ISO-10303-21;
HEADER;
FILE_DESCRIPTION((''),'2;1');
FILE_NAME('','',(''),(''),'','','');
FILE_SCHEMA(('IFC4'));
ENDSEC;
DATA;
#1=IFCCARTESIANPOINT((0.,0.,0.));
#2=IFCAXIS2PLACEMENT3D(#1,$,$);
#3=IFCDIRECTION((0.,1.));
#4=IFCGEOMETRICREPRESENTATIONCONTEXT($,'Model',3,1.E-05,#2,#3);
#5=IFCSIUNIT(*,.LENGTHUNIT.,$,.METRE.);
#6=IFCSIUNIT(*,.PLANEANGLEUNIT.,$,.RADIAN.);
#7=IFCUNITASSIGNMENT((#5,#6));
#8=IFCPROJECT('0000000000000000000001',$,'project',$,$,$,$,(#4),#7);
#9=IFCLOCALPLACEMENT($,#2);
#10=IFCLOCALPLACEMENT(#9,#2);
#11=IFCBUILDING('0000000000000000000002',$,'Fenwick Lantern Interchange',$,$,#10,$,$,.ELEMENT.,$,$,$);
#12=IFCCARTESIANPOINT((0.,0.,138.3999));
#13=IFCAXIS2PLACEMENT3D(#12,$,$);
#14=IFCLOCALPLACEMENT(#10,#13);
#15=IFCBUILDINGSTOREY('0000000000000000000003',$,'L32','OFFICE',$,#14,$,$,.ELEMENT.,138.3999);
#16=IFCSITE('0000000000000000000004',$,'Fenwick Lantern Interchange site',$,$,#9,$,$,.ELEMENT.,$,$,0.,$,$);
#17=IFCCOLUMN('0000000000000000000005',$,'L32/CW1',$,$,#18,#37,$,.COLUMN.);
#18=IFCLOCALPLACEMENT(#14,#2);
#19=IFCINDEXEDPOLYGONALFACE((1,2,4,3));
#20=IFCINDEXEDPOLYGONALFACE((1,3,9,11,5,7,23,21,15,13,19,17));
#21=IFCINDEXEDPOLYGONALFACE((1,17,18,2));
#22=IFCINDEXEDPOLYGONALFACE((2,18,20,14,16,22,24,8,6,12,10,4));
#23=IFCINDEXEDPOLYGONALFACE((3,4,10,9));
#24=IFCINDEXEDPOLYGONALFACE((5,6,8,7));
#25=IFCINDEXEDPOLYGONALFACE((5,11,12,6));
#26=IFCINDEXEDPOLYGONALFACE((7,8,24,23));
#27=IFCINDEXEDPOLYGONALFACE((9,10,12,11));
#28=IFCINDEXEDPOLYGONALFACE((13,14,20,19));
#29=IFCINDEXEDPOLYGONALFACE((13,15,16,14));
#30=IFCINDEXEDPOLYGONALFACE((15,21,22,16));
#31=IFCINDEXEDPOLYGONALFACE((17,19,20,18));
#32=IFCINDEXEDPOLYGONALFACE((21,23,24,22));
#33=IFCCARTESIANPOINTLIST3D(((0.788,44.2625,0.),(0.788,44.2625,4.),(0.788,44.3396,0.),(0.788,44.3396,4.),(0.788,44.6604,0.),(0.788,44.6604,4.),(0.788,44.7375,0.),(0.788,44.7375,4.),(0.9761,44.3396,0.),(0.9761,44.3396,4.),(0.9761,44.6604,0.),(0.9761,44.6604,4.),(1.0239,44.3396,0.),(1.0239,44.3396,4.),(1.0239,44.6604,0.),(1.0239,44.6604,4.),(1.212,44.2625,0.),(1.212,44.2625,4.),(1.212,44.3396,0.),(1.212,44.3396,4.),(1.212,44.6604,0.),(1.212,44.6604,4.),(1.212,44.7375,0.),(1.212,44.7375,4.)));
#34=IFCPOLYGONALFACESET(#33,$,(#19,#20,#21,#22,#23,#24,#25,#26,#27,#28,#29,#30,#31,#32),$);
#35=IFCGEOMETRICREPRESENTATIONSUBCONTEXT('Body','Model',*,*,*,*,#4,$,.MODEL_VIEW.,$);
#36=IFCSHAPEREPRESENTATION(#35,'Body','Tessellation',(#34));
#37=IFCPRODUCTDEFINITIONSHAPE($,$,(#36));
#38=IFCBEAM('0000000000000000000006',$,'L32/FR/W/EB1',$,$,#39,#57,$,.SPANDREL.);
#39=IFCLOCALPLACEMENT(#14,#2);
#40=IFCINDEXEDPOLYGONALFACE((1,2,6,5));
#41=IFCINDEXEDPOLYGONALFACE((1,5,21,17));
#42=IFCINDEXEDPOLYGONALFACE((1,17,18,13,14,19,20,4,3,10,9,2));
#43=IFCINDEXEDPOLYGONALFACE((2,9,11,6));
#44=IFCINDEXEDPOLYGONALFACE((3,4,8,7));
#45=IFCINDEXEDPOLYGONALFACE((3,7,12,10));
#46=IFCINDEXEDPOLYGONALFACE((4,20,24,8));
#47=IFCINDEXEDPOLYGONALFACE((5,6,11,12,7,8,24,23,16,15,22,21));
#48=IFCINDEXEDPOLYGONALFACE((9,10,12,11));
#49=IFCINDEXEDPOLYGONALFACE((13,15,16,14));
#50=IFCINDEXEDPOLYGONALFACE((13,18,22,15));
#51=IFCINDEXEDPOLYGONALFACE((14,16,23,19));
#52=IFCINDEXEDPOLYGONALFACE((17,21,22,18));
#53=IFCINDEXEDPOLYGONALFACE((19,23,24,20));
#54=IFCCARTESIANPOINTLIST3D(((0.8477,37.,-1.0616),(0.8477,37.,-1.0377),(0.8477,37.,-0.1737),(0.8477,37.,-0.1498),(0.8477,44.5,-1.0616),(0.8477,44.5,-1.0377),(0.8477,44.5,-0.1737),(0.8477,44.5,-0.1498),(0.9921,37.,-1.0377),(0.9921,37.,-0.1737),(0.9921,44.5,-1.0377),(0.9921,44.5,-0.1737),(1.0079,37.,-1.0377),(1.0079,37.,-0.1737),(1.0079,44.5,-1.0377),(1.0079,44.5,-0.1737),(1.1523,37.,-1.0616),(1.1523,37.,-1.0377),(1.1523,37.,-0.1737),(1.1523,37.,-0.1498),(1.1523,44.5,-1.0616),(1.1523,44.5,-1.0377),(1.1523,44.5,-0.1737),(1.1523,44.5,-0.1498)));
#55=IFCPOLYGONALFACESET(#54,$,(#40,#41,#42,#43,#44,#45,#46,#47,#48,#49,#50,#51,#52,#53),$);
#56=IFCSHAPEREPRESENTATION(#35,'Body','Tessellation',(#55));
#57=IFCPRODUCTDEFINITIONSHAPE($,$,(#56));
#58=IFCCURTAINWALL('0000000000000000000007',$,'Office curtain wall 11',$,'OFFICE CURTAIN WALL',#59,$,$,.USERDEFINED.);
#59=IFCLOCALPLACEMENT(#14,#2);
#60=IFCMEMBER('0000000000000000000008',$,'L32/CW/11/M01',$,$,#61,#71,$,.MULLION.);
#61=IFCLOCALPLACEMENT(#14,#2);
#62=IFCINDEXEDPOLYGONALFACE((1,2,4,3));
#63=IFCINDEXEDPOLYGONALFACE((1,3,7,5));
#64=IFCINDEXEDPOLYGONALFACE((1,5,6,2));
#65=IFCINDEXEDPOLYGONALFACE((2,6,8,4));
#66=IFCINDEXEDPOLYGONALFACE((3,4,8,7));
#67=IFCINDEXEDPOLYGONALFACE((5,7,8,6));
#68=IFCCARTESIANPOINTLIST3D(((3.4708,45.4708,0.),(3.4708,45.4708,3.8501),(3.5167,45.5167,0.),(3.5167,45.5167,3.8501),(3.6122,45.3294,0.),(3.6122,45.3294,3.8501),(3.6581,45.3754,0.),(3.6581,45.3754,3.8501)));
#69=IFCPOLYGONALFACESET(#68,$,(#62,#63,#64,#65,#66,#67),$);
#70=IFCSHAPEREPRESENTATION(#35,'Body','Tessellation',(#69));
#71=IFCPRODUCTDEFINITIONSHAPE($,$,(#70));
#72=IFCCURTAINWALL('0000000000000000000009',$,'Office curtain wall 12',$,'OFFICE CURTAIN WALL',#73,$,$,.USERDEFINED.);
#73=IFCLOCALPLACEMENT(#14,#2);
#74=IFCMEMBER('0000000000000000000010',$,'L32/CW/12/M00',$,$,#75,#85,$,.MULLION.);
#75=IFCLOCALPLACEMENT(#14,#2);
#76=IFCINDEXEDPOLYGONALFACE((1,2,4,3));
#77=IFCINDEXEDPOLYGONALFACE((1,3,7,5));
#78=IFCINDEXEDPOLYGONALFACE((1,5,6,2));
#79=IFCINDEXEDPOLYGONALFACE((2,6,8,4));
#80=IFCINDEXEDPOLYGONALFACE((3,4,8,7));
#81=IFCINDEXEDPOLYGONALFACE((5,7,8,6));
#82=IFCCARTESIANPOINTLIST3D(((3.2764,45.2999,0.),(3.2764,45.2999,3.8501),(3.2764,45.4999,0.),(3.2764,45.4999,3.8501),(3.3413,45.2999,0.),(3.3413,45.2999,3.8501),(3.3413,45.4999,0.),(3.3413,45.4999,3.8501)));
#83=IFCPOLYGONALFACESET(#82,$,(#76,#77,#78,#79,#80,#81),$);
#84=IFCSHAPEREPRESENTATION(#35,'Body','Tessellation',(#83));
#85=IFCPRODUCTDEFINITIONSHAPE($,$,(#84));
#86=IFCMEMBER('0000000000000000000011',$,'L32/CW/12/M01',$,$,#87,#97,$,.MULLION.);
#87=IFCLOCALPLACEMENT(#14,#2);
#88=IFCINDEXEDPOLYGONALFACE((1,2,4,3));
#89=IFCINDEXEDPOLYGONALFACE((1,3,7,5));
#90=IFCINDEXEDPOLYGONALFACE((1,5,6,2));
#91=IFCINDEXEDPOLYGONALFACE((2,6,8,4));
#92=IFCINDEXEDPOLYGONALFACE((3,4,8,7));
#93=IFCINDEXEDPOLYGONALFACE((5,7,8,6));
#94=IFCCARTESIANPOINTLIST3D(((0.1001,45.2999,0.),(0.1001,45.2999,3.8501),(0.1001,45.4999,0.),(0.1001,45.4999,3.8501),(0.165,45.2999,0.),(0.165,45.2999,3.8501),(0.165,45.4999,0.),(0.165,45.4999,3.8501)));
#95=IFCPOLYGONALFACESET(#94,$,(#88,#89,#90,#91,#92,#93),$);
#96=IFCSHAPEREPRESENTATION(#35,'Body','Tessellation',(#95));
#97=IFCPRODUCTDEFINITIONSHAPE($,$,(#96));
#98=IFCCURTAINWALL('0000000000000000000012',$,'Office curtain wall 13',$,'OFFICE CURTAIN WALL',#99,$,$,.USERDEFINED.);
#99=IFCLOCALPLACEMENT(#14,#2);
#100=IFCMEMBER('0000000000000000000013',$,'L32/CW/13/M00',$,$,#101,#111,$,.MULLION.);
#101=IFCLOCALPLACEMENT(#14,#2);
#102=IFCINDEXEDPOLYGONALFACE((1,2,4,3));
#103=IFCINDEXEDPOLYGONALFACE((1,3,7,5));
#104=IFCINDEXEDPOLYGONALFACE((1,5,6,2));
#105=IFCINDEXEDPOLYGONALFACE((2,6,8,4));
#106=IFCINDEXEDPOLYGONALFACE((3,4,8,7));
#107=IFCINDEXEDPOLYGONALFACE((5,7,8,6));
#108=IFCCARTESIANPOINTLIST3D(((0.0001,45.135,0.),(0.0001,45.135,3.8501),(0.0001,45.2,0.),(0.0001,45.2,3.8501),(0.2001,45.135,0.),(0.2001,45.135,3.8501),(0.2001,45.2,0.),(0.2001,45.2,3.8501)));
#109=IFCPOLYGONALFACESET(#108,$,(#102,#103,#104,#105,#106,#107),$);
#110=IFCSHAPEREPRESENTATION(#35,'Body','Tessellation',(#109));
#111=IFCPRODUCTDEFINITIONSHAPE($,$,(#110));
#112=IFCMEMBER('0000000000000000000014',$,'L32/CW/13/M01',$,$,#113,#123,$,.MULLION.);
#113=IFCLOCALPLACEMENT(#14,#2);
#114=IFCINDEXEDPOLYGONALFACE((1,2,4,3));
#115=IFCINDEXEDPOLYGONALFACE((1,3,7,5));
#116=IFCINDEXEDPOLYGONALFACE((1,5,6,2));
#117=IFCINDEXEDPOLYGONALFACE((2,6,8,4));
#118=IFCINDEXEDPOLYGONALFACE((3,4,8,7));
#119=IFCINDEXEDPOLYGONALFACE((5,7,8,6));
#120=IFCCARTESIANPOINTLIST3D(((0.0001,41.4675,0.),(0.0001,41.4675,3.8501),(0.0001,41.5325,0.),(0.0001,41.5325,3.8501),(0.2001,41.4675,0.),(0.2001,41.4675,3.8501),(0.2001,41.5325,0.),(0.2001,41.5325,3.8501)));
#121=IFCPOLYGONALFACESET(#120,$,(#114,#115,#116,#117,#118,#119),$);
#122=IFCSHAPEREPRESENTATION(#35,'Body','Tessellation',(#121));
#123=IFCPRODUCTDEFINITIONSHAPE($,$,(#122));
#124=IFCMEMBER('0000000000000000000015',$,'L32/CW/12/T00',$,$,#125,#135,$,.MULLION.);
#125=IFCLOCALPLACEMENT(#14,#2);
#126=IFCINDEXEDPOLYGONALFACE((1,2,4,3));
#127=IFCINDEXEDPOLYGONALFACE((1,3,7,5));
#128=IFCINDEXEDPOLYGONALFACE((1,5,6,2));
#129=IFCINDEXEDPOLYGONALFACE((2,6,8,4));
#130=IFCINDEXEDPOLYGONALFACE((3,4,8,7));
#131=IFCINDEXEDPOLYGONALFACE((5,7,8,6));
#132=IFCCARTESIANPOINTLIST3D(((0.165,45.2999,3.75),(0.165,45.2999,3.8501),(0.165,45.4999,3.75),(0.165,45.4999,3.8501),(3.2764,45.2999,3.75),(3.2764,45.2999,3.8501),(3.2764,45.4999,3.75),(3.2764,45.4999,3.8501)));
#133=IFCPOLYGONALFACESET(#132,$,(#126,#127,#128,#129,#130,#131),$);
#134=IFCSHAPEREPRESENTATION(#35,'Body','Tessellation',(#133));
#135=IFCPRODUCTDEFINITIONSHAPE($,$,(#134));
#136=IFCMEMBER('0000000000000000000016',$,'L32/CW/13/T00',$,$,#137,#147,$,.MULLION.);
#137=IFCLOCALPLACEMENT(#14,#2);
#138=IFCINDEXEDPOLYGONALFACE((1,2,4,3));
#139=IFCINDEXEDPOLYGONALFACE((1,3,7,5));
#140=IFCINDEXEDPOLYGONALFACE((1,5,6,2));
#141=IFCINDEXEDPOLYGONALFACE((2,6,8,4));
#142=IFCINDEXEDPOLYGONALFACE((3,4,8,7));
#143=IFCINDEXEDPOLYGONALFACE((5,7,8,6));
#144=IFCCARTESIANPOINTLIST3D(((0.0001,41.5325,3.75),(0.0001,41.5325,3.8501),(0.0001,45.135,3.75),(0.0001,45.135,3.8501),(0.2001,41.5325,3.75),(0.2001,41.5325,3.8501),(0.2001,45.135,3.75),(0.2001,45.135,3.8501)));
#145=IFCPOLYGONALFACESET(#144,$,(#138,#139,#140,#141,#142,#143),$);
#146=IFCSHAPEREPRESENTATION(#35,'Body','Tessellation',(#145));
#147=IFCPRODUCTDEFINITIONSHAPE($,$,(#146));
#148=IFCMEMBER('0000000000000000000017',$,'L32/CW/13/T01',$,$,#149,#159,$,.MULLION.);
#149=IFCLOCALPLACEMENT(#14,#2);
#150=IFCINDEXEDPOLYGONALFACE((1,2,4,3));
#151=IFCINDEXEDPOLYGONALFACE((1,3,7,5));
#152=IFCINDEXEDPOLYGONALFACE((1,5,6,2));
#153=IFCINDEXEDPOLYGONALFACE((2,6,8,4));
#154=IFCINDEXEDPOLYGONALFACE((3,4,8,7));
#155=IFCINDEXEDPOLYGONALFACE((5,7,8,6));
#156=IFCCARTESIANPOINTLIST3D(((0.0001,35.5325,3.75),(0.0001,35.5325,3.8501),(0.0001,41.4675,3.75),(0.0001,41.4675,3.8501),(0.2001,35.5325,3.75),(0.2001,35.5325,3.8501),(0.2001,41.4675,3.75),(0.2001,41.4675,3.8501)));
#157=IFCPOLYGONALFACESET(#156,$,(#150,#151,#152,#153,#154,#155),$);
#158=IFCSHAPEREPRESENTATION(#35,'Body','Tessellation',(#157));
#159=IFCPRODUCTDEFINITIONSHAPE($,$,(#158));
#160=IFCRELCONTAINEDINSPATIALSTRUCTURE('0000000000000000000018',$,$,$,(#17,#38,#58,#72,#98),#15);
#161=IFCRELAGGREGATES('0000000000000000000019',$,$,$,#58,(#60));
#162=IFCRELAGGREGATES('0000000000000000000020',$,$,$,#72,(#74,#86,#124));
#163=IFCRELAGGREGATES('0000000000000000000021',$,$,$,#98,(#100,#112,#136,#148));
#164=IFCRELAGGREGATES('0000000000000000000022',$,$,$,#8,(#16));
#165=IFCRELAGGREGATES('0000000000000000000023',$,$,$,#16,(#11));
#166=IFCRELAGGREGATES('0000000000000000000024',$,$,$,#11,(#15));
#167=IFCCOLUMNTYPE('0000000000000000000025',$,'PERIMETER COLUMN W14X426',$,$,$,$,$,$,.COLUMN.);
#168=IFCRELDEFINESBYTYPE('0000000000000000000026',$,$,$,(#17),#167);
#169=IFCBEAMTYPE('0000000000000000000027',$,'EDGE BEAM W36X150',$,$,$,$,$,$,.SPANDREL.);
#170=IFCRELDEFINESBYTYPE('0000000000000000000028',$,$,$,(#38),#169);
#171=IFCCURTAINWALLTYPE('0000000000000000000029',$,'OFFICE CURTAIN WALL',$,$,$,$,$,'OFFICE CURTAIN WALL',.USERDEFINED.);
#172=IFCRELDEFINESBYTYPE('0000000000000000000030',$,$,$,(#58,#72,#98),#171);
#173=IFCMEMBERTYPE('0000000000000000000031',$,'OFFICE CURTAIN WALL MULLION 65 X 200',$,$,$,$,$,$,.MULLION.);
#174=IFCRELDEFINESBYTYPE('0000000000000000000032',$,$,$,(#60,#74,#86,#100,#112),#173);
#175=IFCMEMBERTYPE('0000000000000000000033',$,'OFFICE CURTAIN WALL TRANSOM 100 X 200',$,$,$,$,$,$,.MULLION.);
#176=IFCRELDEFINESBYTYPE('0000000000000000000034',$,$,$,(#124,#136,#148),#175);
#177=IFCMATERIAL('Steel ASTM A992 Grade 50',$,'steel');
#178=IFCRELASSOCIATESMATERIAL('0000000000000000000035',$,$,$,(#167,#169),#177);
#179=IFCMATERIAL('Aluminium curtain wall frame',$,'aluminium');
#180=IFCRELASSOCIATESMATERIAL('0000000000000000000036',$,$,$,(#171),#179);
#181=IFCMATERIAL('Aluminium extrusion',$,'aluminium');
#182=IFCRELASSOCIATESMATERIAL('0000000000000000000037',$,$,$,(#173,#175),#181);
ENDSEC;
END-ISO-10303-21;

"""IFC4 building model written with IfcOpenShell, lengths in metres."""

from ifc_helpers import new_model, si_unit, direction, frame, origin, origin_2d, place, context, subcontext, project, spatial, rectangle, i_section, extrude, material, material_profile, profile_set, type_object, element, aggregate, save


model = new_model("IFC4")

# Units and contexts
model_context = context("Model", 3, precision=1e-05, world=origin(), true_north=direction((0.0, 1.0)))
body_context = subcontext(model_context, "Body", "Model", "MODEL_VIEW")
ifc_project = project(units=[si_unit("LENGTHUNIT", "METRE"), si_unit("PLANEANGLEUNIT", "RADIAN")], contexts=[model_context])

# Site, building, storey
site_placement = place(None, origin())
site = spatial("IfcSite", under=ifc_project, at=site_placement, Name="Fenwick Lantern Interchange site", CompositionType="ELEMENT", RefElevation=0.0)
building_placement = place(site_placement, origin())
building = spatial("IfcBuilding", under=site, at=building_placement, Name="Fenwick Lantern Interchange", CompositionType="ELEMENT")
storey_placement = place(building_placement, frame((0.0, 0.0, 138.3999)))
storey = spatial("IfcBuildingStorey", under=building, at=storey_placement, Name="L32", Description="OFFICE", CompositionType="ELEMENT", Elevation=138.3999)

# Column
ifc_material_1 = material(Name="Steel ASTM A992 Grade 50", Category="steel")
ifc_material_profile_1 = material_profile(ifc_material_1, i_section(OverallWidth=0.4241, OverallDepth=0.4751, WebThickness=0.0479, FlangeThickness=0.0771, at=origin_2d()), Name="W14X426")
ifc_profile_set_1 = profile_set([ifc_material_profile_1], Name="Steel ASTM A992 Grade 50")
column_type = type_object("IfcColumnType", Name="PERIMETER COLUMN W14X426", PredefinedType="COLUMN", material=ifc_profile_set_1)
column_placement = place(storey_placement, frame((1.0, 44.5, 0.0), z_axis=(0.0, 0.0, 1.0), x_axis=(1.0, 0.0, 0.0)))
element("IfcColumn", 1, at=column_placement, inside=storey, type_object=column_type, Name="L32/CW1", PredefinedType="COLUMN", context=body_context, shape_type="SweptSolid", body=[
    extrude(i_section(OverallWidth=0.4241, OverallDepth=0.4751, WebThickness=0.0479, FlangeThickness=0.0771, at=origin_2d()), origin(), (0.0, 0.0, 1.0), 4.0),
])

# Beam
ifc_material_profile_2 = material_profile(ifc_material_1, i_section(OverallWidth=0.3047, OverallDepth=0.9119, WebThickness=0.0159, FlangeThickness=0.0239, at=origin_2d()), Name="W36X150")
ifc_profile_set_2 = profile_set([ifc_material_profile_2], Name="Steel ASTM A992 Grade 50")
beam_type = type_object("IfcBeamType", Name="EDGE BEAM W36X150", PredefinedType="SPANDREL", material=ifc_profile_set_2)
beam_placement = place(storey_placement, frame((1.0, 44.5, -0.6057), z_axis=(0.0, -1.0, 0.0), x_axis=(1.0, 0.0, 0.0)))
element("IfcBeam", 2, at=beam_placement, inside=storey, type_object=beam_type, Name="L32/FR/W/EB1", PredefinedType="SPANDREL", context=body_context, shape_type="SweptSolid", body=[
    extrude(i_section(OverallWidth=0.3047, OverallDepth=0.9119, WebThickness=0.0159, FlangeThickness=0.0239, at=origin_2d()), origin(), (0.0, 0.0, 1.0), 7.5),
])

# Curtain wall, member
ifc_material_2 = material(Name="Aluminium curtain wall frame", Category="aluminium")
curtain_wall_type = type_object("IfcCurtainWallType", Name="OFFICE CURTAIN WALL", ElementType="OFFICE CURTAIN WALL", PredefinedType="USERDEFINED", material=ifc_material_2)
curtain_wall_1_placement = place(storey_placement, origin())
curtain_wall_1 = element("IfcCurtainWall", 3, at=curtain_wall_1_placement, inside=storey, type_object=curtain_wall_type, Name="Office curtain wall 11", ObjectType="OFFICE CURTAIN WALL", PredefinedType="USERDEFINED")
ifc_material_3 = material(Name="Aluminium extrusion", Category="aluminium")
ifc_material_profile_3 = material_profile(ifc_material_3, rectangle(XDim=0.2, YDim=0.0649, at=origin_2d()), Name="OFFICE CURTAIN WALL MULLION 65 X 200")
ifc_profile_set_3 = profile_set([ifc_material_profile_3], Name="Aluminium extrusion")
member_type_1 = type_object("IfcMemberType", Name="OFFICE CURTAIN WALL MULLION 65 X 200", PredefinedType="MULLION", material=ifc_profile_set_3)
member_1_placement = place(storey_placement, frame((3.5645, 45.4231, 0.0), z_axis=(0.0, 0.0, 1.0), x_axis=(0.707107, -0.707107, 0.0)))
member_1 = element("IfcMember", 4, at=member_1_placement, type_object=member_type_1, Name="L32/CW/11/M01", PredefinedType="MULLION", context=body_context, shape_type="SweptSolid", body=[
    extrude(rectangle(XDim=0.2, YDim=0.0649, at=origin_2d()), origin(), (0.0, 0.0, 1.0), 3.8501),
])
aggregate(curtain_wall_1, [member_1])

# Curtain walls, members
curtain_wall_2_placement = place(storey_placement, origin())
curtain_wall_2 = element("IfcCurtainWall", 5, at=curtain_wall_2_placement, inside=storey, type_object=curtain_wall_type, Name="Office curtain wall 12", ObjectType="OFFICE CURTAIN WALL", PredefinedType="USERDEFINED")
member_2_placement = place(storey_placement, frame((3.3088, 45.3999, 0.0), z_axis=(0.0, 0.0, 1.0), x_axis=(0.0, -1.0, 0.0)))
member_2 = element("IfcMember", 6, at=member_2_placement, type_object=member_type_1, Name="L32/CW/12/M00", PredefinedType="MULLION", context=body_context, shape_type="SweptSolid", body=[
    extrude(rectangle(XDim=0.2, YDim=0.0649, at=origin_2d()), origin(), (0.0, 0.0, 1.0), 3.8501),
])
member_3_placement = place(storey_placement, frame((0.1326, 45.3999, 0.0), z_axis=(0.0, 0.0, 1.0), x_axis=(0.0, -1.0, 0.0)))
member_3 = element("IfcMember", 7, at=member_3_placement, type_object=member_type_1, Name="L32/CW/12/M01", PredefinedType="MULLION", context=body_context, shape_type="SweptSolid", body=[
    extrude(rectangle(XDim=0.2, YDim=0.0649, at=origin_2d()), origin(), (0.0, 0.0, 1.0), 3.8501),
])
curtain_wall_3_placement = place(storey_placement, origin())
curtain_wall_3 = element("IfcCurtainWall", 8, at=curtain_wall_3_placement, inside=storey, type_object=curtain_wall_type, Name="Office curtain wall 13", ObjectType="OFFICE CURTAIN WALL", PredefinedType="USERDEFINED")
member_4_placement = place(storey_placement, frame((0.1001, 45.1675, 0.0), z_axis=(0.0, 0.0, 1.0), x_axis=(1.0, 0.0, 0.0)))
member_4 = element("IfcMember", 9, at=member_4_placement, type_object=member_type_1, Name="L32/CW/13/M00", PredefinedType="MULLION", context=body_context, shape_type="SweptSolid", body=[
    extrude(rectangle(XDim=0.2, YDim=0.0649, at=origin_2d()), origin(), (0.0, 0.0, 1.0), 3.8501),
])
member_5_placement = place(storey_placement, frame((0.1001, 41.5, 0.0), z_axis=(0.0, 0.0, 1.0), x_axis=(1.0, 0.0, 0.0)))
member_5 = element("IfcMember", 10, at=member_5_placement, type_object=member_type_1, Name="L32/CW/13/M01", PredefinedType="MULLION", context=body_context, shape_type="SweptSolid", body=[
    extrude(rectangle(XDim=0.2, YDim=0.0649, at=origin_2d()), origin(), (0.0, 0.0, 1.0), 3.8501),
])

# Members
ifc_material_profile_4 = material_profile(ifc_material_3, rectangle(XDim=0.2, YDim=0.1001, at=origin_2d()), Name="OFFICE CURTAIN WALL TRANSOM 100 X 200")
ifc_profile_set_4 = profile_set([ifc_material_profile_4], Name="Aluminium extrusion")
member_type_2 = type_object("IfcMemberType", Name="OFFICE CURTAIN WALL TRANSOM 100 X 200", PredefinedType="MULLION", material=ifc_profile_set_4)
member_6_placement = place(storey_placement, frame((3.2764, 45.3999, 3.8), z_axis=(-1.0, 0.0, 0.0), x_axis=(0.0, -1.0, 0.0)))
member_6 = element("IfcMember", 11, at=member_6_placement, type_object=member_type_2, Name="L32/CW/12/T00", PredefinedType="MULLION", context=body_context, shape_type="SweptSolid", body=[
    extrude(rectangle(XDim=0.2, YDim=0.1001, at=origin_2d()), origin(), (0.0, 0.0, 1.0), 3.1113),
])
aggregate(curtain_wall_2, [member_2, member_3, member_6])
member_7_placement = place(storey_placement, frame((0.1001, 45.135, 3.8), z_axis=(0.0, -1.0, 0.0), x_axis=(1.0, 0.0, 0.0)))
member_7 = element("IfcMember", 12, at=member_7_placement, type_object=member_type_2, Name="L32/CW/13/T00", PredefinedType="MULLION", context=body_context, shape_type="SweptSolid", body=[
    extrude(rectangle(XDim=0.2, YDim=0.1001, at=origin_2d()), origin(), (0.0, 0.0, 1.0), 3.6025),
])
member_8_placement = place(storey_placement, frame((0.1001, 41.4675, 3.8), z_axis=(0.0, -1.0, 0.0), x_axis=(1.0, 0.0, 0.0)))
member_8 = element("IfcMember", 13, at=member_8_placement, type_object=member_type_2, Name="L32/CW/13/T01", PredefinedType="MULLION", context=body_context, shape_type="SweptSolid", body=[
    extrude(rectangle(XDim=0.2, YDim=0.1001, at=origin_2d()), origin(), (0.0, 0.0, 1.0), 5.9351),
])

aggregate(curtain_wall_3, [member_4, member_5, member_7, member_8])

save(model, "model.ifc")
